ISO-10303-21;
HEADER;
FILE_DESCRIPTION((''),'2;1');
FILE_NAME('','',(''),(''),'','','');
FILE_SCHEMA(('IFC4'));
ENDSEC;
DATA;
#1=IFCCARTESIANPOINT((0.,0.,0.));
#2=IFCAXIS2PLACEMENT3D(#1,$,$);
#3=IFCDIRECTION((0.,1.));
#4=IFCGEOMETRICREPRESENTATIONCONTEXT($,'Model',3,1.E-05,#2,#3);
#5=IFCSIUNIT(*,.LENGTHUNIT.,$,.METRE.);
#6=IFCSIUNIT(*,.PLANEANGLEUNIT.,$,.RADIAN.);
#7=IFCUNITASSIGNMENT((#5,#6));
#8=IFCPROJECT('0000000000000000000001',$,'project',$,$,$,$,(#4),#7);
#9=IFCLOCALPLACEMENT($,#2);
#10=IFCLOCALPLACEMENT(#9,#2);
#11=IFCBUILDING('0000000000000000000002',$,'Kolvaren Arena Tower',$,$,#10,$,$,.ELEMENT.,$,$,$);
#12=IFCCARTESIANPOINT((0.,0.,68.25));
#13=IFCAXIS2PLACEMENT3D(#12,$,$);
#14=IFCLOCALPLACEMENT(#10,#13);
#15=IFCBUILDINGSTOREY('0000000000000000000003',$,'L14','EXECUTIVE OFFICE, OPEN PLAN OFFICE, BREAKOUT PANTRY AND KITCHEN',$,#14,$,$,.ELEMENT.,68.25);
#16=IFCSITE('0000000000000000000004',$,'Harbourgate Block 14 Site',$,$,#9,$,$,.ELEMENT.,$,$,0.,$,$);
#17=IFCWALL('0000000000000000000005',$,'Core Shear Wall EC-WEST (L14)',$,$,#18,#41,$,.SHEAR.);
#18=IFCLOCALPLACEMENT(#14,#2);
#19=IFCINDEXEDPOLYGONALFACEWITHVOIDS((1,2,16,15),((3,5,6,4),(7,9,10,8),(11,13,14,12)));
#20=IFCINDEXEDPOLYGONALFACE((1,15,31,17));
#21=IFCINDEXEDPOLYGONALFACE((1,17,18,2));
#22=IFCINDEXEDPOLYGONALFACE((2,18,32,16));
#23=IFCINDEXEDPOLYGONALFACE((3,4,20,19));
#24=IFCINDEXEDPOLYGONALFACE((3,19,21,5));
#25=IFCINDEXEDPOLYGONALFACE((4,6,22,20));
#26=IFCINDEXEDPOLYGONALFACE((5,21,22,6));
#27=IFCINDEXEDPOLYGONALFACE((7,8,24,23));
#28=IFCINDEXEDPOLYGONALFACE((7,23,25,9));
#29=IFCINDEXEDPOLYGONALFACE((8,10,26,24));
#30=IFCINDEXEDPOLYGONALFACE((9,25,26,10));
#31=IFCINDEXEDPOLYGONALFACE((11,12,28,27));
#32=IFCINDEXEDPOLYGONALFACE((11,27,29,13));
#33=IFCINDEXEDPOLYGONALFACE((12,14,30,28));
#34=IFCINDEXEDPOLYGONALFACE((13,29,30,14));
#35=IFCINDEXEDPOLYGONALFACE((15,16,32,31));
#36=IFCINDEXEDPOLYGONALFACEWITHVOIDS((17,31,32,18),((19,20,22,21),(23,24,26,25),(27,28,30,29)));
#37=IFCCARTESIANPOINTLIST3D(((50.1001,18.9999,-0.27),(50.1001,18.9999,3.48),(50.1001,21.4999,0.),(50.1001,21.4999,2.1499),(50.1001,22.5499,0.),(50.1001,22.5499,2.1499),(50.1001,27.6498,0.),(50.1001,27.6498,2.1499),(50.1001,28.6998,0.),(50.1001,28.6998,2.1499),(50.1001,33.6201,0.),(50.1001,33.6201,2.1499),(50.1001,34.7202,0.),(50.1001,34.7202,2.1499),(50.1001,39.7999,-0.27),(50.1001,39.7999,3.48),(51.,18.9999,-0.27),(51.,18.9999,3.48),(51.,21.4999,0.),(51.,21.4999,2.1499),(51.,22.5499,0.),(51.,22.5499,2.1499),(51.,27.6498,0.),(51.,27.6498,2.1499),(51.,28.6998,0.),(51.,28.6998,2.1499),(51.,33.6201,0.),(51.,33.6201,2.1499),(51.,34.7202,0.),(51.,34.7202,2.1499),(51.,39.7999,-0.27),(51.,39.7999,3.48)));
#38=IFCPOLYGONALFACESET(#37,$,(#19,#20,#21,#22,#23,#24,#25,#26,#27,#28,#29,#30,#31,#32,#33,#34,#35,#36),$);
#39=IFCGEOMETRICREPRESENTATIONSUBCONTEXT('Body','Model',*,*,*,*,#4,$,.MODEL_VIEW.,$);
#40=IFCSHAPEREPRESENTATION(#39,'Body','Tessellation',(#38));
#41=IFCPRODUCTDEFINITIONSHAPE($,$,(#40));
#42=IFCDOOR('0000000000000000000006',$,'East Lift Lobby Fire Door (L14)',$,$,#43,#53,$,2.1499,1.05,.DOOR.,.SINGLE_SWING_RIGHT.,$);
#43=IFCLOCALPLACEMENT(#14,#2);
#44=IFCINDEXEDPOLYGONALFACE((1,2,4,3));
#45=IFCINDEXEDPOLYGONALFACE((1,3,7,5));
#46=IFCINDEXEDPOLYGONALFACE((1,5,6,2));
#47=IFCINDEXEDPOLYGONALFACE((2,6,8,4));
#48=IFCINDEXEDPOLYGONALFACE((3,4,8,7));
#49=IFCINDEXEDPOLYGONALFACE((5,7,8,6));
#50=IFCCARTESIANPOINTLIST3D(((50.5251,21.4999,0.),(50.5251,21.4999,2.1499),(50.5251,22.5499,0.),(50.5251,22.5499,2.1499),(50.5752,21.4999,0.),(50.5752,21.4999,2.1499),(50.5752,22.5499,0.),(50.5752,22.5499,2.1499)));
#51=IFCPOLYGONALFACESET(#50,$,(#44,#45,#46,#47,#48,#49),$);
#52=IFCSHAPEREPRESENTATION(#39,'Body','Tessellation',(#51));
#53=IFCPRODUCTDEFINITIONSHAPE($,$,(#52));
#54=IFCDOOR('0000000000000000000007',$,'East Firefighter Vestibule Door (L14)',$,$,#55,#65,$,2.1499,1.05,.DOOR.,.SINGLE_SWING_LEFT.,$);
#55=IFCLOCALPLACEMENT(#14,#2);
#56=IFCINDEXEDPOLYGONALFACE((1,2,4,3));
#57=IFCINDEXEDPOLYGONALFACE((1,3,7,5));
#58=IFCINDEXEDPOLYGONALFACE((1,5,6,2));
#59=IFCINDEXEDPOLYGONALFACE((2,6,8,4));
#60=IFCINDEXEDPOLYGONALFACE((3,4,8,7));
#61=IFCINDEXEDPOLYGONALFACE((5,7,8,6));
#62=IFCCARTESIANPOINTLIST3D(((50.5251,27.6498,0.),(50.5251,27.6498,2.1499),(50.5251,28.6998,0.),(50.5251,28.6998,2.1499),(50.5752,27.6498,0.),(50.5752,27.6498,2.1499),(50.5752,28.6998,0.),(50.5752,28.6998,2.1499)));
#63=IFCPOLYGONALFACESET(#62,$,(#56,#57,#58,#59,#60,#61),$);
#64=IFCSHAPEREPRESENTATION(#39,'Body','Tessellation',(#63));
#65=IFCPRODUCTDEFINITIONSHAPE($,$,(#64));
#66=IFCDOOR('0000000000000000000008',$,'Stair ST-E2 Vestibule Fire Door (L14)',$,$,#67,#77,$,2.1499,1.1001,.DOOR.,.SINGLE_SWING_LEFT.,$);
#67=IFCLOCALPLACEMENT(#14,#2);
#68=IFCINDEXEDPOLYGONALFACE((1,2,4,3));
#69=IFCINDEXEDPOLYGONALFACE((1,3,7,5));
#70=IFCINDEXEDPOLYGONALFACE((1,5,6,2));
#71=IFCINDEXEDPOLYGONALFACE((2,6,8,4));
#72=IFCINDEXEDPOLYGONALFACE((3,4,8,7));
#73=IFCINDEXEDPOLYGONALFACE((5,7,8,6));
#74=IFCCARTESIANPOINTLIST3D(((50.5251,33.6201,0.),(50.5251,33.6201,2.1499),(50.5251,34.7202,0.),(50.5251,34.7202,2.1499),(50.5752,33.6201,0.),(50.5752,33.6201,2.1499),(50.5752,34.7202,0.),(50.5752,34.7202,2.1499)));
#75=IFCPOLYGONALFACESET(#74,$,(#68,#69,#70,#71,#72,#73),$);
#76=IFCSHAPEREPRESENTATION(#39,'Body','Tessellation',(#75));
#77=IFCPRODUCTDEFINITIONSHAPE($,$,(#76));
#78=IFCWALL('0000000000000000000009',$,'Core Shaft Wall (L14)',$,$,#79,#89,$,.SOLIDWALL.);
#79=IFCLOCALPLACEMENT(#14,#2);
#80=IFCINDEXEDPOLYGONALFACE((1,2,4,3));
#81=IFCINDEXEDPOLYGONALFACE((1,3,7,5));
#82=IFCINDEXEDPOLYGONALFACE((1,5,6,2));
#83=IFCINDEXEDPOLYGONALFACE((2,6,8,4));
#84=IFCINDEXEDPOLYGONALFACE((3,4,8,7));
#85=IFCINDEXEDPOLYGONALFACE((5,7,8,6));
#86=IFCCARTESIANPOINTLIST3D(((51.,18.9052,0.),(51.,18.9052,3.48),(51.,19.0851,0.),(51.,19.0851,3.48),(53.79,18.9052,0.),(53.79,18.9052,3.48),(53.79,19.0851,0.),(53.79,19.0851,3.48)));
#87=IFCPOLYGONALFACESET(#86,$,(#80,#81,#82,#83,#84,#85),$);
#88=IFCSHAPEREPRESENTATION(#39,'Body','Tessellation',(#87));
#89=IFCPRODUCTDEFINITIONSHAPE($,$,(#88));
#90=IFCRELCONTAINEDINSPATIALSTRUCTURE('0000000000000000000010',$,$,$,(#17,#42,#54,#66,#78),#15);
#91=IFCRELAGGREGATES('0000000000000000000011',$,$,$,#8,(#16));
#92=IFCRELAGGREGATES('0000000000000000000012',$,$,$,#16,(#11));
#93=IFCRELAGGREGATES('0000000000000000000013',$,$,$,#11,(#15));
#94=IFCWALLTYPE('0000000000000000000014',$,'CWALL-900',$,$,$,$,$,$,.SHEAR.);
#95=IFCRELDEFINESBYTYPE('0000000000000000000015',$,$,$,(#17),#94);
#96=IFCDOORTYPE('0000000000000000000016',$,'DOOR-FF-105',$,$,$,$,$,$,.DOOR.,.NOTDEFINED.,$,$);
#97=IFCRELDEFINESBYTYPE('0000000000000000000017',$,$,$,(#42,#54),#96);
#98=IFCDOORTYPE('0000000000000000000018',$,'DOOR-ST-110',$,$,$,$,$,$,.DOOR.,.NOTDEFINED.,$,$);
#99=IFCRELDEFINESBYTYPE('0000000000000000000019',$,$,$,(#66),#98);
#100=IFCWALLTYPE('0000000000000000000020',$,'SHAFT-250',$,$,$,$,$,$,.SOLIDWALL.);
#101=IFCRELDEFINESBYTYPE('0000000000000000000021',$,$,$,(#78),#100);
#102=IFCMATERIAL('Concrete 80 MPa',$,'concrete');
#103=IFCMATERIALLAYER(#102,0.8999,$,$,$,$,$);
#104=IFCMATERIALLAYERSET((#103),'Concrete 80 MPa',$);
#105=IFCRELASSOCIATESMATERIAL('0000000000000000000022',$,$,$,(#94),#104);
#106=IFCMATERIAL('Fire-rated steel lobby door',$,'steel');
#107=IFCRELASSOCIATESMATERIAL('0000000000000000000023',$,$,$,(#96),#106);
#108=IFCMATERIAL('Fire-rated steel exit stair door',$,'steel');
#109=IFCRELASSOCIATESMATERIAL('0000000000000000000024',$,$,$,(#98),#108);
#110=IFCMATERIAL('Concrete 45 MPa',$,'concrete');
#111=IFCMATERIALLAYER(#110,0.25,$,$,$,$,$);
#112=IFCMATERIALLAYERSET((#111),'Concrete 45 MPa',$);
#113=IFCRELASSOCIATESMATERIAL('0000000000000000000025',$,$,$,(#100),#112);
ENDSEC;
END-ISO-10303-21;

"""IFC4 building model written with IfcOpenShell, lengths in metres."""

from ifc_helpers import new_model, si_unit, direction, frame, frame_2d, origin, place, context, subcontext, project, spatial, rectangle, extrude, material, layer, layer_set, type_object, element, fill, save


model = new_model("IFC4")

# Units and contexts
model_context = context("Model", 3, precision=1e-05, world=origin(), true_north=direction((0.0, 1.0)))
body_context = subcontext(model_context, "Body", "Model", "MODEL_VIEW")
ifc_project = project(units=[si_unit("LENGTHUNIT", "METRE"), si_unit("PLANEANGLEUNIT", "RADIAN")], contexts=[model_context])

# Site, building, storey
site_placement = place(None, origin())
site = spatial("IfcSite", under=ifc_project, at=site_placement, Name="Harbourgate Block 14 Site", CompositionType="ELEMENT", RefElevation=0.0)
building_placement = place(site_placement, origin())
building = spatial("IfcBuilding", under=site, at=building_placement, Name="Kolvaren Arena Tower", CompositionType="ELEMENT")
storey_placement = place(building_placement, frame((0.0, 0.0, 68.25)))
storey = spatial("IfcBuildingStorey", under=building, at=storey_placement, Name="L14", Description="EXECUTIVE OFFICE, OPEN PLAN OFFICE, BREAKOUT PANTRY AND KITCHEN", CompositionType="ELEMENT", Elevation=68.25)

# Wall, openings, doors
ifc_material_1 = material(Name="Concrete 80 MPa", Category="concrete")
ifc_layer_1 = layer(ifc_material_1, 0.8999)
ifc_layer_set_1 = layer_set([ifc_layer_1], Name="Concrete 80 MPa")
wall_type_1 = type_object("IfcWallType", Name="CWALL-900", PredefinedType="SHEAR", material=ifc_layer_set_1)
wall_1_placement = place(storey_placement, frame((50.55, 19.0, -0.27), z_axis=(0.0, 0.0, 1.0), x_axis=(0.0, 1.0, 0.0)))
wall_1 = element("IfcWall", 1, at=wall_1_placement, inside=storey, type_object=wall_type_1, Name="Core Shear Wall EC-WEST (L14)", PredefinedType="SHEAR", context=body_context, shape_type="SweptSolid", body=[
    extrude(rectangle(XDim=20.8, YDim=0.8999, at=frame_2d((10.3999, 0.0))), origin(), (0.0, 0.0, 1.0), 3.75),
])
opening_1_placement = place(wall_1_placement, frame((2.5, 0.0, 0.27)))
opening_1 = element("IfcOpeningElement", 2, at=opening_1_placement, cuts=wall_1, PredefinedType="OPENING", context=body_context, shape_type="SweptSolid", body=[
    extrude(rectangle(XDim=1.05, YDim=2.1499, at=frame_2d((0.5249, 1.075))), frame((0.0, 0.46, 0.0), z_axis=(0.0, -1.0, 0.0), x_axis=(1.0, 0.0, 0.0)), (0.0, 0.0, 1.0), 0.9199),
])
opening_2_placement = place(wall_1_placement, frame((8.6499, 0.0, 0.27)))
opening_2 = element("IfcOpeningElement", 3, at=opening_2_placement, cuts=wall_1, PredefinedType="OPENING", context=body_context, shape_type="SweptSolid", body=[
    extrude(rectangle(XDim=1.05, YDim=2.1499, at=frame_2d((0.5249, 1.075))), frame((0.0, 0.46, 0.0), z_axis=(0.0, -1.0, 0.0), x_axis=(1.0, 0.0, 0.0)), (0.0, 0.0, 1.0), 0.9199),
])
opening_3_placement = place(wall_1_placement, frame((14.6201, 0.0, 0.27)))
opening_3 = element("IfcOpeningElement", 4, at=opening_3_placement, cuts=wall_1, PredefinedType="OPENING", context=body_context, shape_type="SweptSolid", body=[
    extrude(rectangle(XDim=1.1001, YDim=2.1499, at=frame_2d((0.55, 1.075))), frame((0.0, 0.46, 0.0), z_axis=(0.0, -1.0, 0.0), x_axis=(1.0, 0.0, 0.0)), (0.0, 0.0, 1.0), 0.9199),
])
ifc_material_2 = material(Name="Fire-rated steel lobby door", Category="steel")
door_type_1 = type_object("IfcDoorType", Name="DOOR-FF-105", OperationType="NOTDEFINED", PredefinedType="DOOR", material=ifc_material_2)
door_1_placement = place(opening_1_placement, origin())
door_1 = element("IfcDoor", 5, at=door_1_placement, inside=storey, type_object=door_type_1, Name="East Lift Lobby Fire Door (L14)", OperationType="SINGLE_SWING_RIGHT", OverallHeight=2.1499, OverallWidth=1.05, PredefinedType="DOOR", context=body_context, shape_type="SweptSolid", body=[
    extrude(rectangle(XDim=1.05, YDim=2.1499, at=frame_2d((0.5249, 1.075))), frame((0.0, 0.0249, 0.0), z_axis=(0.0, -1.0, 0.0), x_axis=(1.0, 0.0, 0.0)), (0.0, 0.0, 1.0), 0.05),
])
fill(opening_1, door_1)
door_2_placement = place(opening_2_placement, origin())
door_2 = element("IfcDoor", 6, at=door_2_placement, inside=storey, type_object=door_type_1, Name="East Firefighter Vestibule Door (L14)", OperationType="SINGLE_SWING_LEFT", OverallHeight=2.1499, OverallWidth=1.05, PredefinedType="DOOR", context=body_context, shape_type="SweptSolid", body=[
    extrude(rectangle(XDim=1.05, YDim=2.1499, at=frame_2d((0.5249, 1.075))), frame((0.0, 0.0249, 0.0), z_axis=(0.0, -1.0, 0.0), x_axis=(1.0, 0.0, 0.0)), (0.0, 0.0, 1.0), 0.05),
])
fill(opening_2, door_2)
ifc_material_3 = material(Name="Fire-rated steel exit stair door", Category="steel")
door_type_2 = type_object("IfcDoorType", Name="DOOR-ST-110", OperationType="NOTDEFINED", PredefinedType="DOOR", material=ifc_material_3)
door_3_placement = place(opening_3_placement, origin())
door_3 = element("IfcDoor", 7, at=door_3_placement, inside=storey, type_object=door_type_2, Name="Stair ST-E2 Vestibule Fire Door (L14)", OperationType="SINGLE_SWING_LEFT", OverallHeight=2.1499, OverallWidth=1.1001, PredefinedType="DOOR", context=body_context, shape_type="SweptSolid", body=[
    extrude(rectangle(XDim=1.1001, YDim=2.1499, at=frame_2d((0.55, 1.075))), frame((0.0, 0.0249, 0.0), z_axis=(0.0, -1.0, 0.0), x_axis=(1.0, 0.0, 0.0)), (0.0, 0.0, 1.0), 0.05),
])
fill(opening_3, door_3)

# Wall
ifc_material_4 = material(Name="Concrete 45 MPa", Category="concrete")
ifc_layer_2 = layer(ifc_material_4, 0.25)
ifc_layer_set_2 = layer_set([ifc_layer_2], Name="Concrete 45 MPa")
wall_type_2 = type_object("IfcWallType", Name="SHAFT-250", PredefinedType="SOLIDWALL", material=ifc_layer_set_2)
wall_2_placement = place(storey_placement, frame((51.0, 18.9951, 0.0), z_axis=(0.0, 0.0, 1.0), x_axis=(1.0, 0.0, 0.0)))
element("IfcWall", 8, at=wall_2_placement, inside=storey, type_object=wall_type_2, Name="Core Shaft Wall (L14)", PredefinedType="SOLIDWALL", context=body_context, shape_type="SweptSolid", body=[
    extrude(rectangle(XDim=2.79, YDim=0.1799, at=frame_2d((1.395, 0.0))), origin(), (0.0, 0.0, 1.0), 3.48),
])

save(model, "model.ifc")
